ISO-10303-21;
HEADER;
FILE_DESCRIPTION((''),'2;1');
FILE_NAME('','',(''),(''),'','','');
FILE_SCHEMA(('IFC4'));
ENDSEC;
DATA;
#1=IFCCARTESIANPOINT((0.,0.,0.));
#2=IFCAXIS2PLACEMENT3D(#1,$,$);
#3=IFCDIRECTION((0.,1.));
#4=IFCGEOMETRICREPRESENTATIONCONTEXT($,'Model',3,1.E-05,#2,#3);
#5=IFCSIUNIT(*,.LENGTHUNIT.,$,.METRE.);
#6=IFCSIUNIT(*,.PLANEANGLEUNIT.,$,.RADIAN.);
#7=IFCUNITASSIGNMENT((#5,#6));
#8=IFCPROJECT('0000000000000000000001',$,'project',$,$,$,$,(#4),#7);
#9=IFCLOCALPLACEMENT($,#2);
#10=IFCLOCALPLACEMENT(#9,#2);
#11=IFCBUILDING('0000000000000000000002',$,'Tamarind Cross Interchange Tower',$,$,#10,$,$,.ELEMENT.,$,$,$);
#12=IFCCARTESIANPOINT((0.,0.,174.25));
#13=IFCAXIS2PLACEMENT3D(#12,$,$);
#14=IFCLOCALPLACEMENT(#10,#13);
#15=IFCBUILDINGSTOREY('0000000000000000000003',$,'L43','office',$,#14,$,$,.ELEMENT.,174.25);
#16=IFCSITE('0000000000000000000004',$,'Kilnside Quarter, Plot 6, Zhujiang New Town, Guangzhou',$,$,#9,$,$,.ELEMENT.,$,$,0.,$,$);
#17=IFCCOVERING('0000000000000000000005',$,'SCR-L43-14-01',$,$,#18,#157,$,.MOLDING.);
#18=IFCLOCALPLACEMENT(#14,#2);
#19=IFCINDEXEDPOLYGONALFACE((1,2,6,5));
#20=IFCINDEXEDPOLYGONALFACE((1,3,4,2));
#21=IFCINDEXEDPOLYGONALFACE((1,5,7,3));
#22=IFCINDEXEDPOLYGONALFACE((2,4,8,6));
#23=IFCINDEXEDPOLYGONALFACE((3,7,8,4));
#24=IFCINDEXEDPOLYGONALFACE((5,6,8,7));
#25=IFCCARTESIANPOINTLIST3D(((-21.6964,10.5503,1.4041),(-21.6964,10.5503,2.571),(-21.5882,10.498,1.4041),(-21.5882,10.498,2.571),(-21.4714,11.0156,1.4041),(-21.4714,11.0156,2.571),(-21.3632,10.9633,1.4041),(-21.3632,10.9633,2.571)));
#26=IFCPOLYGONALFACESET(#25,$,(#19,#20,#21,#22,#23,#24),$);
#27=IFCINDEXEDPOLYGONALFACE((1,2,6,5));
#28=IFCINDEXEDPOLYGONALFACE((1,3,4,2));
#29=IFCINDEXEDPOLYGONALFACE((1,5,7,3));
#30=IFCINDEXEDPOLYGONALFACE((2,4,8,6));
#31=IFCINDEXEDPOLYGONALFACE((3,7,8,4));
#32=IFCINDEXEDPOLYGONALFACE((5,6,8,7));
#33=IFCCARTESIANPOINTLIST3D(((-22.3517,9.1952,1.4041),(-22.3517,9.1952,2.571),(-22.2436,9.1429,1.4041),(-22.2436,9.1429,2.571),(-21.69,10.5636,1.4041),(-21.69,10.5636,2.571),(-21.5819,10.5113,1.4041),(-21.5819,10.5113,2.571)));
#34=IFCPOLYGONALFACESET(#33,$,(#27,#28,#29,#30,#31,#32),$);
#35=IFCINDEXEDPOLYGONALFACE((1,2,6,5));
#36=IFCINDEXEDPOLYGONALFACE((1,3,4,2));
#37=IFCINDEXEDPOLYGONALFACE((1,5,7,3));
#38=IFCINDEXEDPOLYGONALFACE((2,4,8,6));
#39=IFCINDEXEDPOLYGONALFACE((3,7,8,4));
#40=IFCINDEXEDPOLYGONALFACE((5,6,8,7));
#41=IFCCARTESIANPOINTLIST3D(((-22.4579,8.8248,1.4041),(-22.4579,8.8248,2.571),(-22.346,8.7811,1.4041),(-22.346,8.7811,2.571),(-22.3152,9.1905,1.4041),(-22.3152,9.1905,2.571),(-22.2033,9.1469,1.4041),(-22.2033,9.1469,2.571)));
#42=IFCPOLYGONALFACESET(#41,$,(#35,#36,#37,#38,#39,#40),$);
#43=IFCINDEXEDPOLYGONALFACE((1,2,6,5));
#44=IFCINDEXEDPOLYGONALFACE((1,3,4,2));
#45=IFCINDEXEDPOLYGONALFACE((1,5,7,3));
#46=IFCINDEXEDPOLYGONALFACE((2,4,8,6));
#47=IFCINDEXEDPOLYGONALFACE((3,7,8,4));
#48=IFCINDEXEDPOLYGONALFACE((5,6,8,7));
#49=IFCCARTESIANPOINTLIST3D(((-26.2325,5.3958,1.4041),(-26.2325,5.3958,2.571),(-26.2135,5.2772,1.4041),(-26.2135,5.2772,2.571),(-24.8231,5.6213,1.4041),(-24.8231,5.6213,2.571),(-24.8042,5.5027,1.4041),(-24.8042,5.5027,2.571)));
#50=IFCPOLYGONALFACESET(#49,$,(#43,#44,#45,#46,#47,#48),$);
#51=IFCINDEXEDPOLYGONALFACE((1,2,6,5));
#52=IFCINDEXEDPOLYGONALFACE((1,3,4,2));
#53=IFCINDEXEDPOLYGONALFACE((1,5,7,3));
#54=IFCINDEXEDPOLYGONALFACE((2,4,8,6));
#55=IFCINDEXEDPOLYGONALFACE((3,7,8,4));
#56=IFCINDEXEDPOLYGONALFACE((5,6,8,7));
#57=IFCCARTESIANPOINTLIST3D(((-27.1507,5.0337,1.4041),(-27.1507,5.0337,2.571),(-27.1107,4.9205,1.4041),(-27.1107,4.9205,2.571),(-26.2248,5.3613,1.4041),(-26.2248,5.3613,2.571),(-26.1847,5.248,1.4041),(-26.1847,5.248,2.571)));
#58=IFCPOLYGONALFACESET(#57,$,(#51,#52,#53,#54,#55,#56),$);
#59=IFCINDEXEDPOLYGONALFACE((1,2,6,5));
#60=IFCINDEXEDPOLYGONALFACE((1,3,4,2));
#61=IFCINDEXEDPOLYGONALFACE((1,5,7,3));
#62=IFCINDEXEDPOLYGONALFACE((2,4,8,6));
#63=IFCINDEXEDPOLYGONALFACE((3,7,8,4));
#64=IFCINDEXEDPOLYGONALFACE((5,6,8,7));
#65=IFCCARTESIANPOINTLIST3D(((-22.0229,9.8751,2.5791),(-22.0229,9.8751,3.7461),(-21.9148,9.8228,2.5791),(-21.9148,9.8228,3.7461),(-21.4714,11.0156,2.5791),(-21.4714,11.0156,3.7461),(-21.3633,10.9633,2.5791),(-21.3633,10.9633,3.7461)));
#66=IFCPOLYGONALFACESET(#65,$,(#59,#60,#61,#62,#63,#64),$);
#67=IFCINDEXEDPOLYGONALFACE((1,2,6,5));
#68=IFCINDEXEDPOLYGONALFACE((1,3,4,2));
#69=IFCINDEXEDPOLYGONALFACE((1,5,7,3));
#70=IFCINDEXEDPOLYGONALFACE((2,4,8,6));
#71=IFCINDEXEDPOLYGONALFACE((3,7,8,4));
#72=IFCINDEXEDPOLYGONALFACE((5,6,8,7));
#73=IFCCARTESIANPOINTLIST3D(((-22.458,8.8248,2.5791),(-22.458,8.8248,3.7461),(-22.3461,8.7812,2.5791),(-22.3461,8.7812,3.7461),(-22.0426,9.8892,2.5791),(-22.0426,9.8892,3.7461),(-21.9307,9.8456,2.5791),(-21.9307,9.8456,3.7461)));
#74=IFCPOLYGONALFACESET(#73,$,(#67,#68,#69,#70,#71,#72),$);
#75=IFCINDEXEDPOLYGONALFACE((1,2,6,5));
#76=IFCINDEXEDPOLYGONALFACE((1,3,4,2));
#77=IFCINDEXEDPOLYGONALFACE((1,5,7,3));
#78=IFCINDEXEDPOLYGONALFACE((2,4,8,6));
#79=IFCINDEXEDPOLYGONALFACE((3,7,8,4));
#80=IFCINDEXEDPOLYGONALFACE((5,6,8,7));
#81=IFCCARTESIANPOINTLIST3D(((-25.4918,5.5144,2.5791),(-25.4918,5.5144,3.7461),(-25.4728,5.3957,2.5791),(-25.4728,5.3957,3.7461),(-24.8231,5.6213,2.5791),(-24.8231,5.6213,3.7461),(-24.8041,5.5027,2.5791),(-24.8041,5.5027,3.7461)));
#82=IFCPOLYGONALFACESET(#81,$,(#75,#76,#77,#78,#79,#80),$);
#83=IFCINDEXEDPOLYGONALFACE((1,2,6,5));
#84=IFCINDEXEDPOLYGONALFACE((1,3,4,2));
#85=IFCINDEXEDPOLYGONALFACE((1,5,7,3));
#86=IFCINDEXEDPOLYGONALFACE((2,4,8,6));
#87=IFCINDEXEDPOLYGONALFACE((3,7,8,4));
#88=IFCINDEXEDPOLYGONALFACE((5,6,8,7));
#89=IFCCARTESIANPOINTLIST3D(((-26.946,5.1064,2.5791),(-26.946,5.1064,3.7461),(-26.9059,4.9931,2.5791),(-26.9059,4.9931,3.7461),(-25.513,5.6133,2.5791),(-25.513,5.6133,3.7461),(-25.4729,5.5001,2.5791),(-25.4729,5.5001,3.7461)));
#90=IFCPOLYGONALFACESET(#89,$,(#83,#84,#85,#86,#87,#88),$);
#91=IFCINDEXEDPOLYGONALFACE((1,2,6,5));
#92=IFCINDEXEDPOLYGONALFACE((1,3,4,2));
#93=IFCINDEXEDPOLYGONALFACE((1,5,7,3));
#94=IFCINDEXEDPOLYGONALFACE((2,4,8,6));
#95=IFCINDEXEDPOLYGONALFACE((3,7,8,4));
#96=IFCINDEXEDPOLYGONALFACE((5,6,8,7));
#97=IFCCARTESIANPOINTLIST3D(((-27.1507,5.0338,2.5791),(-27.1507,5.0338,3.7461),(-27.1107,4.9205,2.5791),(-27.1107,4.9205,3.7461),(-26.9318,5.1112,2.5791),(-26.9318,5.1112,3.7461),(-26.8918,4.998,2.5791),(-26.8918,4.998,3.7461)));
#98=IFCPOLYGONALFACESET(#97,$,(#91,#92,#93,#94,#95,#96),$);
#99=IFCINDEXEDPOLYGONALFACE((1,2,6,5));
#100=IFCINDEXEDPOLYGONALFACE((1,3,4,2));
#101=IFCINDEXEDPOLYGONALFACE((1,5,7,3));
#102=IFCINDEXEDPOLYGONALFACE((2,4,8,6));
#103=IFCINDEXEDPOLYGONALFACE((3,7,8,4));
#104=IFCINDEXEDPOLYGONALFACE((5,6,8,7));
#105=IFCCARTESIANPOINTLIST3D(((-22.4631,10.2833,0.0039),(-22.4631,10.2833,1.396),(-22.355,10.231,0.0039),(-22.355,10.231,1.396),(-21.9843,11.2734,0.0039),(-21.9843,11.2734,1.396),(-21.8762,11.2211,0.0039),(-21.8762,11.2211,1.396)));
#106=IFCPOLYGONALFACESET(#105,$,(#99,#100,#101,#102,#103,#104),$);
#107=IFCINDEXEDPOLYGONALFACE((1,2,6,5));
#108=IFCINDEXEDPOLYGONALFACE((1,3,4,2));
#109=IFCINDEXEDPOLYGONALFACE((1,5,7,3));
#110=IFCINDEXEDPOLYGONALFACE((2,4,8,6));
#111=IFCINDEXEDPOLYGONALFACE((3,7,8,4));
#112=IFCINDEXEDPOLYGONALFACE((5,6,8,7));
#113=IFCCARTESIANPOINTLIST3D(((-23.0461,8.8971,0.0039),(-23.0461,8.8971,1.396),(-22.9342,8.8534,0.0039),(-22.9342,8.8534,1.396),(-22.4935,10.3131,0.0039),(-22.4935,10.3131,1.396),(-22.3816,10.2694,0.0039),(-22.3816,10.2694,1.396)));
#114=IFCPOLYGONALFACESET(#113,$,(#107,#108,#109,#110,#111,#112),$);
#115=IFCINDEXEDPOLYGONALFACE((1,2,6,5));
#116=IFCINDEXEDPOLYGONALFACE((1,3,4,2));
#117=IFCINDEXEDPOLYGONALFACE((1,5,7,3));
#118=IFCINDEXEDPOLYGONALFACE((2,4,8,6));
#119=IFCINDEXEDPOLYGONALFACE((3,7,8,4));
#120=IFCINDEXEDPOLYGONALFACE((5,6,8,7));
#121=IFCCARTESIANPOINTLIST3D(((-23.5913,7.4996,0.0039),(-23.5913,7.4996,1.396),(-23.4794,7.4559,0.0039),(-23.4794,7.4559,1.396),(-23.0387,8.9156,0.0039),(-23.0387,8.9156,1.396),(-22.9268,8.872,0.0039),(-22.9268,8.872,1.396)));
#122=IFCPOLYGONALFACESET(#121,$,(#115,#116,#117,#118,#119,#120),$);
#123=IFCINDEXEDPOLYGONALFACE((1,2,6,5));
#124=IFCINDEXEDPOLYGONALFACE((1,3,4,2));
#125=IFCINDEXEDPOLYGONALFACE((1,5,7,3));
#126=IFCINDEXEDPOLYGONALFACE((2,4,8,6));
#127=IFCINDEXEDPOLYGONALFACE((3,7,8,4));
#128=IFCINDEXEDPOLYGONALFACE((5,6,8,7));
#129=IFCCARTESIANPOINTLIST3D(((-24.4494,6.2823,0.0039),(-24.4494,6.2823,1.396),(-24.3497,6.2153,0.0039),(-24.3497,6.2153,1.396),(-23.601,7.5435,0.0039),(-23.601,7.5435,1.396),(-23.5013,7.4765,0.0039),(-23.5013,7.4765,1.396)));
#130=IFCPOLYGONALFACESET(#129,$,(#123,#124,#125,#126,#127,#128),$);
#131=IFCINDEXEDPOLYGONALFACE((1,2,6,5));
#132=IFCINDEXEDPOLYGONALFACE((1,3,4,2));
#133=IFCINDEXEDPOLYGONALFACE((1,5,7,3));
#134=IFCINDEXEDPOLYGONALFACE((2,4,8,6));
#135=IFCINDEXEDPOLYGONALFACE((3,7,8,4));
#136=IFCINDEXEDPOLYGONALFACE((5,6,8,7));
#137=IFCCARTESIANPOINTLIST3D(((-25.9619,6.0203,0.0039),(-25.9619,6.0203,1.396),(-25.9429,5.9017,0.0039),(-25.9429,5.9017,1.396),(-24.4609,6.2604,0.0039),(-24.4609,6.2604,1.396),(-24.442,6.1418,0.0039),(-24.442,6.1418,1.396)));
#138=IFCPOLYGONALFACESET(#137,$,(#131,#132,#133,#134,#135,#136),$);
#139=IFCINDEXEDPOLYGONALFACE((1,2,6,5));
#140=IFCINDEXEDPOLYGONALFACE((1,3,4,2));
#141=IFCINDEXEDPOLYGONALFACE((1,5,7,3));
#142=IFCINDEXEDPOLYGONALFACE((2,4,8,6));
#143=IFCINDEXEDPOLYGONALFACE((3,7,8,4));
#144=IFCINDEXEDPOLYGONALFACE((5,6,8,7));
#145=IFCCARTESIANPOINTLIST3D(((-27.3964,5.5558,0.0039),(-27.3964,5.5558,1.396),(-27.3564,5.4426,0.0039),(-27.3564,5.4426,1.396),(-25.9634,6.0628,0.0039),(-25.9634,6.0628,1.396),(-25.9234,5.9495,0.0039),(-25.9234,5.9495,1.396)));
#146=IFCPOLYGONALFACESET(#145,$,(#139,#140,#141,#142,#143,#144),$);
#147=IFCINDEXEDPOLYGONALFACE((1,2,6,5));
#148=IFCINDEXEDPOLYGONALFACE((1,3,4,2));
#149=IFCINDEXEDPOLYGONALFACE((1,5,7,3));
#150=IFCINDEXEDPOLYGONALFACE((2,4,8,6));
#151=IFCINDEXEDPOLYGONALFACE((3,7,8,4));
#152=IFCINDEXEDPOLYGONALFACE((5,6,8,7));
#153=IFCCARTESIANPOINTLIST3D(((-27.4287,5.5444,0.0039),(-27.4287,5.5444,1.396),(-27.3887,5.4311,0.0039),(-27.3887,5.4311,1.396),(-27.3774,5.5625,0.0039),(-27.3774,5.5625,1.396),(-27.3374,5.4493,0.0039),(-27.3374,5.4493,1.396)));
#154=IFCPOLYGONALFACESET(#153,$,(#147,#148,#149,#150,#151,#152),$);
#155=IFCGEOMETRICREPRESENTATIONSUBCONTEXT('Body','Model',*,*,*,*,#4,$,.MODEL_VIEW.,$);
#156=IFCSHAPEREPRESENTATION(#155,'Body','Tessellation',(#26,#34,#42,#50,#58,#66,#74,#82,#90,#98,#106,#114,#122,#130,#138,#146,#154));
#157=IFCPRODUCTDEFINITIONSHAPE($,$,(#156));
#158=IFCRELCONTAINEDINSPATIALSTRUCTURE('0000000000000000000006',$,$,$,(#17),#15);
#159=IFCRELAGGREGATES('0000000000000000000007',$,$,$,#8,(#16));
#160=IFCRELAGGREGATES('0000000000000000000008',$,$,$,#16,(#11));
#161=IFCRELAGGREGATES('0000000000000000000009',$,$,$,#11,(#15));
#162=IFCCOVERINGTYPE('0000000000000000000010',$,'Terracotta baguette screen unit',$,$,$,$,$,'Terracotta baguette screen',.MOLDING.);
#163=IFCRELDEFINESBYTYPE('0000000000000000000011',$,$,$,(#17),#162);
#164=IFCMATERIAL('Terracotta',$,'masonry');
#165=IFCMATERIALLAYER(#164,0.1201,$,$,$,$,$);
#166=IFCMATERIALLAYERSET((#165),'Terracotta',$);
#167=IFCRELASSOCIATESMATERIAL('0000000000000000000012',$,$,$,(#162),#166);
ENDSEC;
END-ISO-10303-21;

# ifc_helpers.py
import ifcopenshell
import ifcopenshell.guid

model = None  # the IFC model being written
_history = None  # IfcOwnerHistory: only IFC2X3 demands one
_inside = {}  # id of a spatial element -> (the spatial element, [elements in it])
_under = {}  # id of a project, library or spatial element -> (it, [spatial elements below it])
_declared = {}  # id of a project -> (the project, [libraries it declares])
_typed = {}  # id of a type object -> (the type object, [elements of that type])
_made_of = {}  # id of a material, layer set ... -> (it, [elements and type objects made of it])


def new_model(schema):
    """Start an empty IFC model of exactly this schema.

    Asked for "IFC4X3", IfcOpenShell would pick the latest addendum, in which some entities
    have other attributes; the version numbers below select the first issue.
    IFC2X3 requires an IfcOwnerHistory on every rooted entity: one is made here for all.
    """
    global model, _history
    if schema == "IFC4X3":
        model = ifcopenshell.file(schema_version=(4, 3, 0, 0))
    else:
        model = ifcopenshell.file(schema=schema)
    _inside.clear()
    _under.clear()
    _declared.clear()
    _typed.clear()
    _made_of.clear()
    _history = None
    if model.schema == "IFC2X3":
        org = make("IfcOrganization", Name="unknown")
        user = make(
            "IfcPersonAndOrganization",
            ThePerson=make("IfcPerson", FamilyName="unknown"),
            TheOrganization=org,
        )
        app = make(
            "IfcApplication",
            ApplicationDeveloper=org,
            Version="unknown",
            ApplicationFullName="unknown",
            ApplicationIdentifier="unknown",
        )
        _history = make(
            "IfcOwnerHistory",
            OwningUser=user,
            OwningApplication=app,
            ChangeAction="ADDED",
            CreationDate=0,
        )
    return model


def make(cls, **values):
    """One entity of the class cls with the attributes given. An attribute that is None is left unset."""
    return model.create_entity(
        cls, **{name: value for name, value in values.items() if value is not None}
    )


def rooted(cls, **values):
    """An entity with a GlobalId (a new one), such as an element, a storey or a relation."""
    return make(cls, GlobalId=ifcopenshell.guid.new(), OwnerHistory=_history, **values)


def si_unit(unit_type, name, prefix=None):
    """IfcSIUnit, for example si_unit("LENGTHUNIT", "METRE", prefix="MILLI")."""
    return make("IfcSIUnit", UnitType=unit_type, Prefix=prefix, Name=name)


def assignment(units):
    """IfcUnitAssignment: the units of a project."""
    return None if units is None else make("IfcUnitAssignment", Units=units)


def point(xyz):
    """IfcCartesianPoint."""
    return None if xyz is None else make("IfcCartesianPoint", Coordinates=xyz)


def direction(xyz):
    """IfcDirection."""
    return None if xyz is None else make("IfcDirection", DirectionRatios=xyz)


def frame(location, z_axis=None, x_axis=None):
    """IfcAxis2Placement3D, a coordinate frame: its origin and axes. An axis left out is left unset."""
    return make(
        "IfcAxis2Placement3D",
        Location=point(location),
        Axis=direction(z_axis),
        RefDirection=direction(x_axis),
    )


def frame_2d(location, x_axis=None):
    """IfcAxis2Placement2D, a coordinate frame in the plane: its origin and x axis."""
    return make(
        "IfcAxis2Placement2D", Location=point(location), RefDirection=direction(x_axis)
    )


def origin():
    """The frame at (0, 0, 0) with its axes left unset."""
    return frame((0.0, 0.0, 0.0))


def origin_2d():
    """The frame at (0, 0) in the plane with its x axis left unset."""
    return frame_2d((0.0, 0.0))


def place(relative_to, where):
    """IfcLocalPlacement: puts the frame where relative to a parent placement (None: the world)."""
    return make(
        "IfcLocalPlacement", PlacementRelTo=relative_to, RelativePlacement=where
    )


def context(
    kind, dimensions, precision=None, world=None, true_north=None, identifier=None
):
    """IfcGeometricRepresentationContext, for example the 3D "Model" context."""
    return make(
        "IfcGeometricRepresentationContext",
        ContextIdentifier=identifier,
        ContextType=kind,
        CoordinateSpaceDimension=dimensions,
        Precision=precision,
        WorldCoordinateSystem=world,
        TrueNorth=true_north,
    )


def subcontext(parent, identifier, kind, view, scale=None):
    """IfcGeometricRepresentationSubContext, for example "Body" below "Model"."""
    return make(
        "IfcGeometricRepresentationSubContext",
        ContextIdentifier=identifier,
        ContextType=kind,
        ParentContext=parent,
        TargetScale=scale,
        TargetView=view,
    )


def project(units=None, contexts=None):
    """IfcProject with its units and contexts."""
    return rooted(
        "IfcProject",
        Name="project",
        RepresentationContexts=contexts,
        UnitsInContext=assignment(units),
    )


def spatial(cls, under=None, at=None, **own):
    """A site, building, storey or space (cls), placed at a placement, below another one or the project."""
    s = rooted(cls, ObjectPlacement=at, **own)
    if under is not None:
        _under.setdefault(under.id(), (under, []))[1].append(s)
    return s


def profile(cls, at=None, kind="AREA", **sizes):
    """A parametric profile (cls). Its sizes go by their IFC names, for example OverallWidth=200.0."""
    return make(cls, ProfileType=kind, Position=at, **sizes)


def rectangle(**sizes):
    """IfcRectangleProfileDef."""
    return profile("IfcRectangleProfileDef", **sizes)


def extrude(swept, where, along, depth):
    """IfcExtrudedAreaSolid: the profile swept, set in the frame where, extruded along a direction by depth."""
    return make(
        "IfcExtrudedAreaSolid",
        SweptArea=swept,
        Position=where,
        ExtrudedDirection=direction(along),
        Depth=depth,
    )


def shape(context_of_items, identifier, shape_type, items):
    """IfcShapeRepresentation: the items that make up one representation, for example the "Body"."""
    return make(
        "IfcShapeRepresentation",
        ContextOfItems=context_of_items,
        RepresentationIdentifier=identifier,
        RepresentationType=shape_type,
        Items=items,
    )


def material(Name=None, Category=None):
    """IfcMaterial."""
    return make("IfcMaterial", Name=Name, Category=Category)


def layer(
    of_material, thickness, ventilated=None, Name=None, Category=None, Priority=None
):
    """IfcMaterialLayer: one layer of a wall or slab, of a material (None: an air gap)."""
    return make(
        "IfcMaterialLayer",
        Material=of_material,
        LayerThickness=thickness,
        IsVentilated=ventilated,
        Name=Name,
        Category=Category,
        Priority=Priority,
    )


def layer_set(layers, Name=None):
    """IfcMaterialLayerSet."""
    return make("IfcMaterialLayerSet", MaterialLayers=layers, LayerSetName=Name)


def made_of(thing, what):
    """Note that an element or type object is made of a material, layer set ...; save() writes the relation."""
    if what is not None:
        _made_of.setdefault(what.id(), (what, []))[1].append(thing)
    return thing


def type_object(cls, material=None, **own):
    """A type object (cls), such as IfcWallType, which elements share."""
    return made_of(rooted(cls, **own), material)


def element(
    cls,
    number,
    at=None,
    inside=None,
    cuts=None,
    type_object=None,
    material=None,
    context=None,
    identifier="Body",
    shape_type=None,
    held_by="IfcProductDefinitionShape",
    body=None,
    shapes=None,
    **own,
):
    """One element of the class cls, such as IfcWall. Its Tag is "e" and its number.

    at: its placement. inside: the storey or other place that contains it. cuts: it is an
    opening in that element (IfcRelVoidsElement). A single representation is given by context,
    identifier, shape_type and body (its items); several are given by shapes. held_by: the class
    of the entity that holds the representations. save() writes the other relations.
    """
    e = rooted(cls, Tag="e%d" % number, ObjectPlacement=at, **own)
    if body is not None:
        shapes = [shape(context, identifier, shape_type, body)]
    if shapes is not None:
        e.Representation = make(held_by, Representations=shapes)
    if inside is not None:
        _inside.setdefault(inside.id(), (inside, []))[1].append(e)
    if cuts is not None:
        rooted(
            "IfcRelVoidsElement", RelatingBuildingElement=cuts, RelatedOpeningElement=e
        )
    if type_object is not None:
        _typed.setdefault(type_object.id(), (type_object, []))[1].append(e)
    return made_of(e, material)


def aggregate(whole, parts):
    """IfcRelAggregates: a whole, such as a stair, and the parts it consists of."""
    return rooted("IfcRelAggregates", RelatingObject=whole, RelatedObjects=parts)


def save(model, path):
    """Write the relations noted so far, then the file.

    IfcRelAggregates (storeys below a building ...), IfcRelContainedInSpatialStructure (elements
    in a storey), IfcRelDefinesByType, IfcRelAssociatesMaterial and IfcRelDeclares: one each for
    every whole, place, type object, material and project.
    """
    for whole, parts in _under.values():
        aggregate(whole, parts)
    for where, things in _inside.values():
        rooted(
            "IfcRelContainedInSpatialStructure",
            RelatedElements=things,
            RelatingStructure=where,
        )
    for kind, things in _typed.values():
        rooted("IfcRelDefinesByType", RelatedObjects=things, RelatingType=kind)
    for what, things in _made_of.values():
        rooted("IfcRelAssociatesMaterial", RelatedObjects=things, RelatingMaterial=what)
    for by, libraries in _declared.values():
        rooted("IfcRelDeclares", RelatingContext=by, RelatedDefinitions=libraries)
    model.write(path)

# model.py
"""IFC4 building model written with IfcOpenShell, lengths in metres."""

from ifc_helpers import new_model, si_unit, direction, frame, origin, origin_2d, place, context, subcontext, project, spatial, rectangle, extrude, material, layer, layer_set, type_object, element, save


model = new_model("IFC4")

# Units and contexts
model_context = context("Model", 3, precision=1e-05, world=origin(), true_north=direction((0.0, 1.0)))
body_context = subcontext(model_context, "Body", "Model", "MODEL_VIEW")
ifc_project = project(units=[si_unit("LENGTHUNIT", "METRE"), si_unit("PLANEANGLEUNIT", "RADIAN")], contexts=[model_context])

# Site, building, storey
site_placement = place(None, origin())
site = spatial("IfcSite", under=ifc_project, at=site_placement, Name="Kilnside Quarter, Plot 6, Zhujiang New Town, Guangzhou", CompositionType="ELEMENT", RefElevation=0.0)
building_placement = place(site_placement, origin())
building = spatial("IfcBuilding", under=site, at=building_placement, Name="Tamarind Cross Interchange Tower", CompositionType="ELEMENT")
storey_placement = place(building_placement, frame((0.0, 0.0, 174.25)))
storey = spatial("IfcBuildingStorey", under=building, at=storey_placement, Name="L43", Description="office", CompositionType="ELEMENT", Elevation=174.25)

# Covering
ifc_material_1 = material(Name="Terracotta", Category="masonry")
ifc_layer_1 = layer(ifc_material_1, 0.1201)
ifc_layer_set_1 = layer_set([ifc_layer_1], Name="Terracotta")
covering_type = type_object("IfcCoveringType", Name="Terracotta baguette screen unit", ElementType="Terracotta baguette screen", PredefinedType="MOLDING", material=ifc_layer_set_1)
covering_1_placement = place(storey_placement, origin())
element("IfcCovering", 1, at=covering_1_placement, inside=storey, type_object=covering_type, Name="SCR-L43-14-01", PredefinedType="MOLDING", context=body_context, shape_type="SweptSolid", body=[
    extrude(rectangle(XDim=0.5168, YDim=0.1201, at=origin_2d()), frame((-21.5298, 10.7568, 1.4041), z_axis=(0.0, 0.0, 1.0), x_axis=(-0.435326, -0.900273, 0.0)), (0.0, 0.0, 1.0), 1.167),
    extrude(rectangle(XDim=1.52, YDim=0.1201, at=origin_2d()), frame((-21.9668, 9.8533, 1.4041), z_axis=(0.0, 0.0, 1.0), x_axis=(-0.435326, -0.900273, 0.0)), (0.0, 0.0, 1.0), 1.167),
    extrude(rectangle(XDim=0.3926, YDim=0.1201, at=origin_2d()), frame((-22.3306, 8.9858, 1.4041), z_axis=(0.0, 0.0, 1.0), x_axis=(-0.363508, -0.931591, 0.0)), (0.0, 0.0, 1.0), 1.167),
    extrude(rectangle(XDim=1.4272, YDim=0.1201, at=origin_2d()), frame((-25.5183, 5.4492, 1.4041), z_axis=(0.0, 0.0, 1.0), x_axis=(-0.987441, -0.157985, 0.0)), (0.0, 0.0, 1.0), 1.167),
    extrude(rectangle(XDim=0.9822, YDim=0.1201, at=origin_2d()), frame((-26.6677, 5.1409, 1.4041), z_axis=(0.0, 0.0, 1.0), x_axis=(-0.942752, -0.333496, 0.0)), (0.0, 0.0, 1.0), 1.167),
    extrude(rectangle(XDim=1.2668, YDim=0.1201, at=origin_2d()), frame((-21.6931, 10.4192, 2.5791), z_axis=(0.0, 0.0, 1.0), x_axis=(-0.435326, -0.900273, 0.0)), (0.0, 0.0, 1.0), 1.167),
    extrude(rectangle(XDim=1.1426, YDim=0.1201, at=origin_2d()), frame((-22.1943, 9.3352, 2.5791), z_axis=(0.0, 0.0, 1.0), x_axis=(-0.363508, -0.931591, 0.0)), (0.0, 0.0, 1.0), 1.167),
    extrude(rectangle(XDim=0.6772, YDim=0.1201, at=origin_2d()), frame((-25.1479, 5.5085, 2.5791), z_axis=(0.0, 0.0, 1.0), x_axis=(-0.987441, -0.157985, 0.0)), (0.0, 0.0, 1.0), 1.167),
    extrude(rectangle(XDim=1.52, YDim=0.1201, at=origin_2d()), frame((-26.2095, 5.3032, 2.5791), z_axis=(0.0, 0.0, 1.0), x_axis=(-0.942752, -0.333496, 0.0)), (0.0, 0.0, 1.0), 1.167),
    extrude(rectangle(XDim=0.2322, YDim=0.1201, at=origin_2d()), frame((-27.0212, 5.0159, 2.5791), z_axis=(0.0, 0.0, 1.0), x_axis=(-0.942752, -0.333496, 0.0)), (0.0, 0.0, 1.0), 1.167),
    extrude(rectangle(XDim=1.0999, YDim=0.1201, at=origin_2d()), frame((-22.1697, 10.7522, 0.0039), z_axis=(0.0, 0.0, 1.0), x_axis=(-0.435326, -0.900273, 0.0)), (0.0, 0.0, 1.0), 1.3921),
    extrude(rectangle(XDim=1.52, YDim=0.1201, at=origin_2d()), frame((-22.7139, 9.5833, 0.0039), z_axis=(0.0, 0.0, 1.0), x_axis=(-0.363508, -0.931591, 0.0)), (0.0, 0.0, 1.0), 1.3921),
    extrude(rectangle(XDim=1.52, YDim=0.1201, at=origin_2d()), frame((-23.259, 8.1858, 0.0039), z_axis=(0.0, 0.0, 1.0), x_axis=(-0.363508, -0.931591, 0.0)), (0.0, 0.0, 1.0), 1.3921),
    extrude(rectangle(XDim=1.52, YDim=0.1201, at=origin_2d()), frame((-23.9753, 6.8794, 0.0039), z_axis=(0.0, 0.0, 1.0), x_axis=(-0.558129, -0.829754, 0.0)), (0.0, 0.0, 1.0), 1.3921),
    extrude(rectangle(XDim=1.52, YDim=0.1201, at=origin_2d()), frame((-25.2019, 6.0811, 0.0039), z_axis=(0.0, 0.0, 1.0), x_axis=(-0.987441, -0.157985, 0.0)), (0.0, 0.0, 1.0), 1.3921),
    extrude(rectangle(XDim=1.52, YDim=0.1201, at=origin_2d()), frame((-26.6599, 5.7527, 0.0039), z_axis=(0.0, 0.0, 1.0), x_axis=(-0.942752, -0.333496, 0.0)), (0.0, 0.0, 1.0), 1.3921),
    extrude(rectangle(XDim=0.0544, YDim=0.1201, at=origin_2d()), frame((-27.3831, 5.4968, 0.0039), z_axis=(0.0, 0.0, 1.0), x_axis=(-0.942752, -0.333496, 0.0)), (0.0, 0.0, 1.0), 1.3921),
])

save(model, "model.ifc")
